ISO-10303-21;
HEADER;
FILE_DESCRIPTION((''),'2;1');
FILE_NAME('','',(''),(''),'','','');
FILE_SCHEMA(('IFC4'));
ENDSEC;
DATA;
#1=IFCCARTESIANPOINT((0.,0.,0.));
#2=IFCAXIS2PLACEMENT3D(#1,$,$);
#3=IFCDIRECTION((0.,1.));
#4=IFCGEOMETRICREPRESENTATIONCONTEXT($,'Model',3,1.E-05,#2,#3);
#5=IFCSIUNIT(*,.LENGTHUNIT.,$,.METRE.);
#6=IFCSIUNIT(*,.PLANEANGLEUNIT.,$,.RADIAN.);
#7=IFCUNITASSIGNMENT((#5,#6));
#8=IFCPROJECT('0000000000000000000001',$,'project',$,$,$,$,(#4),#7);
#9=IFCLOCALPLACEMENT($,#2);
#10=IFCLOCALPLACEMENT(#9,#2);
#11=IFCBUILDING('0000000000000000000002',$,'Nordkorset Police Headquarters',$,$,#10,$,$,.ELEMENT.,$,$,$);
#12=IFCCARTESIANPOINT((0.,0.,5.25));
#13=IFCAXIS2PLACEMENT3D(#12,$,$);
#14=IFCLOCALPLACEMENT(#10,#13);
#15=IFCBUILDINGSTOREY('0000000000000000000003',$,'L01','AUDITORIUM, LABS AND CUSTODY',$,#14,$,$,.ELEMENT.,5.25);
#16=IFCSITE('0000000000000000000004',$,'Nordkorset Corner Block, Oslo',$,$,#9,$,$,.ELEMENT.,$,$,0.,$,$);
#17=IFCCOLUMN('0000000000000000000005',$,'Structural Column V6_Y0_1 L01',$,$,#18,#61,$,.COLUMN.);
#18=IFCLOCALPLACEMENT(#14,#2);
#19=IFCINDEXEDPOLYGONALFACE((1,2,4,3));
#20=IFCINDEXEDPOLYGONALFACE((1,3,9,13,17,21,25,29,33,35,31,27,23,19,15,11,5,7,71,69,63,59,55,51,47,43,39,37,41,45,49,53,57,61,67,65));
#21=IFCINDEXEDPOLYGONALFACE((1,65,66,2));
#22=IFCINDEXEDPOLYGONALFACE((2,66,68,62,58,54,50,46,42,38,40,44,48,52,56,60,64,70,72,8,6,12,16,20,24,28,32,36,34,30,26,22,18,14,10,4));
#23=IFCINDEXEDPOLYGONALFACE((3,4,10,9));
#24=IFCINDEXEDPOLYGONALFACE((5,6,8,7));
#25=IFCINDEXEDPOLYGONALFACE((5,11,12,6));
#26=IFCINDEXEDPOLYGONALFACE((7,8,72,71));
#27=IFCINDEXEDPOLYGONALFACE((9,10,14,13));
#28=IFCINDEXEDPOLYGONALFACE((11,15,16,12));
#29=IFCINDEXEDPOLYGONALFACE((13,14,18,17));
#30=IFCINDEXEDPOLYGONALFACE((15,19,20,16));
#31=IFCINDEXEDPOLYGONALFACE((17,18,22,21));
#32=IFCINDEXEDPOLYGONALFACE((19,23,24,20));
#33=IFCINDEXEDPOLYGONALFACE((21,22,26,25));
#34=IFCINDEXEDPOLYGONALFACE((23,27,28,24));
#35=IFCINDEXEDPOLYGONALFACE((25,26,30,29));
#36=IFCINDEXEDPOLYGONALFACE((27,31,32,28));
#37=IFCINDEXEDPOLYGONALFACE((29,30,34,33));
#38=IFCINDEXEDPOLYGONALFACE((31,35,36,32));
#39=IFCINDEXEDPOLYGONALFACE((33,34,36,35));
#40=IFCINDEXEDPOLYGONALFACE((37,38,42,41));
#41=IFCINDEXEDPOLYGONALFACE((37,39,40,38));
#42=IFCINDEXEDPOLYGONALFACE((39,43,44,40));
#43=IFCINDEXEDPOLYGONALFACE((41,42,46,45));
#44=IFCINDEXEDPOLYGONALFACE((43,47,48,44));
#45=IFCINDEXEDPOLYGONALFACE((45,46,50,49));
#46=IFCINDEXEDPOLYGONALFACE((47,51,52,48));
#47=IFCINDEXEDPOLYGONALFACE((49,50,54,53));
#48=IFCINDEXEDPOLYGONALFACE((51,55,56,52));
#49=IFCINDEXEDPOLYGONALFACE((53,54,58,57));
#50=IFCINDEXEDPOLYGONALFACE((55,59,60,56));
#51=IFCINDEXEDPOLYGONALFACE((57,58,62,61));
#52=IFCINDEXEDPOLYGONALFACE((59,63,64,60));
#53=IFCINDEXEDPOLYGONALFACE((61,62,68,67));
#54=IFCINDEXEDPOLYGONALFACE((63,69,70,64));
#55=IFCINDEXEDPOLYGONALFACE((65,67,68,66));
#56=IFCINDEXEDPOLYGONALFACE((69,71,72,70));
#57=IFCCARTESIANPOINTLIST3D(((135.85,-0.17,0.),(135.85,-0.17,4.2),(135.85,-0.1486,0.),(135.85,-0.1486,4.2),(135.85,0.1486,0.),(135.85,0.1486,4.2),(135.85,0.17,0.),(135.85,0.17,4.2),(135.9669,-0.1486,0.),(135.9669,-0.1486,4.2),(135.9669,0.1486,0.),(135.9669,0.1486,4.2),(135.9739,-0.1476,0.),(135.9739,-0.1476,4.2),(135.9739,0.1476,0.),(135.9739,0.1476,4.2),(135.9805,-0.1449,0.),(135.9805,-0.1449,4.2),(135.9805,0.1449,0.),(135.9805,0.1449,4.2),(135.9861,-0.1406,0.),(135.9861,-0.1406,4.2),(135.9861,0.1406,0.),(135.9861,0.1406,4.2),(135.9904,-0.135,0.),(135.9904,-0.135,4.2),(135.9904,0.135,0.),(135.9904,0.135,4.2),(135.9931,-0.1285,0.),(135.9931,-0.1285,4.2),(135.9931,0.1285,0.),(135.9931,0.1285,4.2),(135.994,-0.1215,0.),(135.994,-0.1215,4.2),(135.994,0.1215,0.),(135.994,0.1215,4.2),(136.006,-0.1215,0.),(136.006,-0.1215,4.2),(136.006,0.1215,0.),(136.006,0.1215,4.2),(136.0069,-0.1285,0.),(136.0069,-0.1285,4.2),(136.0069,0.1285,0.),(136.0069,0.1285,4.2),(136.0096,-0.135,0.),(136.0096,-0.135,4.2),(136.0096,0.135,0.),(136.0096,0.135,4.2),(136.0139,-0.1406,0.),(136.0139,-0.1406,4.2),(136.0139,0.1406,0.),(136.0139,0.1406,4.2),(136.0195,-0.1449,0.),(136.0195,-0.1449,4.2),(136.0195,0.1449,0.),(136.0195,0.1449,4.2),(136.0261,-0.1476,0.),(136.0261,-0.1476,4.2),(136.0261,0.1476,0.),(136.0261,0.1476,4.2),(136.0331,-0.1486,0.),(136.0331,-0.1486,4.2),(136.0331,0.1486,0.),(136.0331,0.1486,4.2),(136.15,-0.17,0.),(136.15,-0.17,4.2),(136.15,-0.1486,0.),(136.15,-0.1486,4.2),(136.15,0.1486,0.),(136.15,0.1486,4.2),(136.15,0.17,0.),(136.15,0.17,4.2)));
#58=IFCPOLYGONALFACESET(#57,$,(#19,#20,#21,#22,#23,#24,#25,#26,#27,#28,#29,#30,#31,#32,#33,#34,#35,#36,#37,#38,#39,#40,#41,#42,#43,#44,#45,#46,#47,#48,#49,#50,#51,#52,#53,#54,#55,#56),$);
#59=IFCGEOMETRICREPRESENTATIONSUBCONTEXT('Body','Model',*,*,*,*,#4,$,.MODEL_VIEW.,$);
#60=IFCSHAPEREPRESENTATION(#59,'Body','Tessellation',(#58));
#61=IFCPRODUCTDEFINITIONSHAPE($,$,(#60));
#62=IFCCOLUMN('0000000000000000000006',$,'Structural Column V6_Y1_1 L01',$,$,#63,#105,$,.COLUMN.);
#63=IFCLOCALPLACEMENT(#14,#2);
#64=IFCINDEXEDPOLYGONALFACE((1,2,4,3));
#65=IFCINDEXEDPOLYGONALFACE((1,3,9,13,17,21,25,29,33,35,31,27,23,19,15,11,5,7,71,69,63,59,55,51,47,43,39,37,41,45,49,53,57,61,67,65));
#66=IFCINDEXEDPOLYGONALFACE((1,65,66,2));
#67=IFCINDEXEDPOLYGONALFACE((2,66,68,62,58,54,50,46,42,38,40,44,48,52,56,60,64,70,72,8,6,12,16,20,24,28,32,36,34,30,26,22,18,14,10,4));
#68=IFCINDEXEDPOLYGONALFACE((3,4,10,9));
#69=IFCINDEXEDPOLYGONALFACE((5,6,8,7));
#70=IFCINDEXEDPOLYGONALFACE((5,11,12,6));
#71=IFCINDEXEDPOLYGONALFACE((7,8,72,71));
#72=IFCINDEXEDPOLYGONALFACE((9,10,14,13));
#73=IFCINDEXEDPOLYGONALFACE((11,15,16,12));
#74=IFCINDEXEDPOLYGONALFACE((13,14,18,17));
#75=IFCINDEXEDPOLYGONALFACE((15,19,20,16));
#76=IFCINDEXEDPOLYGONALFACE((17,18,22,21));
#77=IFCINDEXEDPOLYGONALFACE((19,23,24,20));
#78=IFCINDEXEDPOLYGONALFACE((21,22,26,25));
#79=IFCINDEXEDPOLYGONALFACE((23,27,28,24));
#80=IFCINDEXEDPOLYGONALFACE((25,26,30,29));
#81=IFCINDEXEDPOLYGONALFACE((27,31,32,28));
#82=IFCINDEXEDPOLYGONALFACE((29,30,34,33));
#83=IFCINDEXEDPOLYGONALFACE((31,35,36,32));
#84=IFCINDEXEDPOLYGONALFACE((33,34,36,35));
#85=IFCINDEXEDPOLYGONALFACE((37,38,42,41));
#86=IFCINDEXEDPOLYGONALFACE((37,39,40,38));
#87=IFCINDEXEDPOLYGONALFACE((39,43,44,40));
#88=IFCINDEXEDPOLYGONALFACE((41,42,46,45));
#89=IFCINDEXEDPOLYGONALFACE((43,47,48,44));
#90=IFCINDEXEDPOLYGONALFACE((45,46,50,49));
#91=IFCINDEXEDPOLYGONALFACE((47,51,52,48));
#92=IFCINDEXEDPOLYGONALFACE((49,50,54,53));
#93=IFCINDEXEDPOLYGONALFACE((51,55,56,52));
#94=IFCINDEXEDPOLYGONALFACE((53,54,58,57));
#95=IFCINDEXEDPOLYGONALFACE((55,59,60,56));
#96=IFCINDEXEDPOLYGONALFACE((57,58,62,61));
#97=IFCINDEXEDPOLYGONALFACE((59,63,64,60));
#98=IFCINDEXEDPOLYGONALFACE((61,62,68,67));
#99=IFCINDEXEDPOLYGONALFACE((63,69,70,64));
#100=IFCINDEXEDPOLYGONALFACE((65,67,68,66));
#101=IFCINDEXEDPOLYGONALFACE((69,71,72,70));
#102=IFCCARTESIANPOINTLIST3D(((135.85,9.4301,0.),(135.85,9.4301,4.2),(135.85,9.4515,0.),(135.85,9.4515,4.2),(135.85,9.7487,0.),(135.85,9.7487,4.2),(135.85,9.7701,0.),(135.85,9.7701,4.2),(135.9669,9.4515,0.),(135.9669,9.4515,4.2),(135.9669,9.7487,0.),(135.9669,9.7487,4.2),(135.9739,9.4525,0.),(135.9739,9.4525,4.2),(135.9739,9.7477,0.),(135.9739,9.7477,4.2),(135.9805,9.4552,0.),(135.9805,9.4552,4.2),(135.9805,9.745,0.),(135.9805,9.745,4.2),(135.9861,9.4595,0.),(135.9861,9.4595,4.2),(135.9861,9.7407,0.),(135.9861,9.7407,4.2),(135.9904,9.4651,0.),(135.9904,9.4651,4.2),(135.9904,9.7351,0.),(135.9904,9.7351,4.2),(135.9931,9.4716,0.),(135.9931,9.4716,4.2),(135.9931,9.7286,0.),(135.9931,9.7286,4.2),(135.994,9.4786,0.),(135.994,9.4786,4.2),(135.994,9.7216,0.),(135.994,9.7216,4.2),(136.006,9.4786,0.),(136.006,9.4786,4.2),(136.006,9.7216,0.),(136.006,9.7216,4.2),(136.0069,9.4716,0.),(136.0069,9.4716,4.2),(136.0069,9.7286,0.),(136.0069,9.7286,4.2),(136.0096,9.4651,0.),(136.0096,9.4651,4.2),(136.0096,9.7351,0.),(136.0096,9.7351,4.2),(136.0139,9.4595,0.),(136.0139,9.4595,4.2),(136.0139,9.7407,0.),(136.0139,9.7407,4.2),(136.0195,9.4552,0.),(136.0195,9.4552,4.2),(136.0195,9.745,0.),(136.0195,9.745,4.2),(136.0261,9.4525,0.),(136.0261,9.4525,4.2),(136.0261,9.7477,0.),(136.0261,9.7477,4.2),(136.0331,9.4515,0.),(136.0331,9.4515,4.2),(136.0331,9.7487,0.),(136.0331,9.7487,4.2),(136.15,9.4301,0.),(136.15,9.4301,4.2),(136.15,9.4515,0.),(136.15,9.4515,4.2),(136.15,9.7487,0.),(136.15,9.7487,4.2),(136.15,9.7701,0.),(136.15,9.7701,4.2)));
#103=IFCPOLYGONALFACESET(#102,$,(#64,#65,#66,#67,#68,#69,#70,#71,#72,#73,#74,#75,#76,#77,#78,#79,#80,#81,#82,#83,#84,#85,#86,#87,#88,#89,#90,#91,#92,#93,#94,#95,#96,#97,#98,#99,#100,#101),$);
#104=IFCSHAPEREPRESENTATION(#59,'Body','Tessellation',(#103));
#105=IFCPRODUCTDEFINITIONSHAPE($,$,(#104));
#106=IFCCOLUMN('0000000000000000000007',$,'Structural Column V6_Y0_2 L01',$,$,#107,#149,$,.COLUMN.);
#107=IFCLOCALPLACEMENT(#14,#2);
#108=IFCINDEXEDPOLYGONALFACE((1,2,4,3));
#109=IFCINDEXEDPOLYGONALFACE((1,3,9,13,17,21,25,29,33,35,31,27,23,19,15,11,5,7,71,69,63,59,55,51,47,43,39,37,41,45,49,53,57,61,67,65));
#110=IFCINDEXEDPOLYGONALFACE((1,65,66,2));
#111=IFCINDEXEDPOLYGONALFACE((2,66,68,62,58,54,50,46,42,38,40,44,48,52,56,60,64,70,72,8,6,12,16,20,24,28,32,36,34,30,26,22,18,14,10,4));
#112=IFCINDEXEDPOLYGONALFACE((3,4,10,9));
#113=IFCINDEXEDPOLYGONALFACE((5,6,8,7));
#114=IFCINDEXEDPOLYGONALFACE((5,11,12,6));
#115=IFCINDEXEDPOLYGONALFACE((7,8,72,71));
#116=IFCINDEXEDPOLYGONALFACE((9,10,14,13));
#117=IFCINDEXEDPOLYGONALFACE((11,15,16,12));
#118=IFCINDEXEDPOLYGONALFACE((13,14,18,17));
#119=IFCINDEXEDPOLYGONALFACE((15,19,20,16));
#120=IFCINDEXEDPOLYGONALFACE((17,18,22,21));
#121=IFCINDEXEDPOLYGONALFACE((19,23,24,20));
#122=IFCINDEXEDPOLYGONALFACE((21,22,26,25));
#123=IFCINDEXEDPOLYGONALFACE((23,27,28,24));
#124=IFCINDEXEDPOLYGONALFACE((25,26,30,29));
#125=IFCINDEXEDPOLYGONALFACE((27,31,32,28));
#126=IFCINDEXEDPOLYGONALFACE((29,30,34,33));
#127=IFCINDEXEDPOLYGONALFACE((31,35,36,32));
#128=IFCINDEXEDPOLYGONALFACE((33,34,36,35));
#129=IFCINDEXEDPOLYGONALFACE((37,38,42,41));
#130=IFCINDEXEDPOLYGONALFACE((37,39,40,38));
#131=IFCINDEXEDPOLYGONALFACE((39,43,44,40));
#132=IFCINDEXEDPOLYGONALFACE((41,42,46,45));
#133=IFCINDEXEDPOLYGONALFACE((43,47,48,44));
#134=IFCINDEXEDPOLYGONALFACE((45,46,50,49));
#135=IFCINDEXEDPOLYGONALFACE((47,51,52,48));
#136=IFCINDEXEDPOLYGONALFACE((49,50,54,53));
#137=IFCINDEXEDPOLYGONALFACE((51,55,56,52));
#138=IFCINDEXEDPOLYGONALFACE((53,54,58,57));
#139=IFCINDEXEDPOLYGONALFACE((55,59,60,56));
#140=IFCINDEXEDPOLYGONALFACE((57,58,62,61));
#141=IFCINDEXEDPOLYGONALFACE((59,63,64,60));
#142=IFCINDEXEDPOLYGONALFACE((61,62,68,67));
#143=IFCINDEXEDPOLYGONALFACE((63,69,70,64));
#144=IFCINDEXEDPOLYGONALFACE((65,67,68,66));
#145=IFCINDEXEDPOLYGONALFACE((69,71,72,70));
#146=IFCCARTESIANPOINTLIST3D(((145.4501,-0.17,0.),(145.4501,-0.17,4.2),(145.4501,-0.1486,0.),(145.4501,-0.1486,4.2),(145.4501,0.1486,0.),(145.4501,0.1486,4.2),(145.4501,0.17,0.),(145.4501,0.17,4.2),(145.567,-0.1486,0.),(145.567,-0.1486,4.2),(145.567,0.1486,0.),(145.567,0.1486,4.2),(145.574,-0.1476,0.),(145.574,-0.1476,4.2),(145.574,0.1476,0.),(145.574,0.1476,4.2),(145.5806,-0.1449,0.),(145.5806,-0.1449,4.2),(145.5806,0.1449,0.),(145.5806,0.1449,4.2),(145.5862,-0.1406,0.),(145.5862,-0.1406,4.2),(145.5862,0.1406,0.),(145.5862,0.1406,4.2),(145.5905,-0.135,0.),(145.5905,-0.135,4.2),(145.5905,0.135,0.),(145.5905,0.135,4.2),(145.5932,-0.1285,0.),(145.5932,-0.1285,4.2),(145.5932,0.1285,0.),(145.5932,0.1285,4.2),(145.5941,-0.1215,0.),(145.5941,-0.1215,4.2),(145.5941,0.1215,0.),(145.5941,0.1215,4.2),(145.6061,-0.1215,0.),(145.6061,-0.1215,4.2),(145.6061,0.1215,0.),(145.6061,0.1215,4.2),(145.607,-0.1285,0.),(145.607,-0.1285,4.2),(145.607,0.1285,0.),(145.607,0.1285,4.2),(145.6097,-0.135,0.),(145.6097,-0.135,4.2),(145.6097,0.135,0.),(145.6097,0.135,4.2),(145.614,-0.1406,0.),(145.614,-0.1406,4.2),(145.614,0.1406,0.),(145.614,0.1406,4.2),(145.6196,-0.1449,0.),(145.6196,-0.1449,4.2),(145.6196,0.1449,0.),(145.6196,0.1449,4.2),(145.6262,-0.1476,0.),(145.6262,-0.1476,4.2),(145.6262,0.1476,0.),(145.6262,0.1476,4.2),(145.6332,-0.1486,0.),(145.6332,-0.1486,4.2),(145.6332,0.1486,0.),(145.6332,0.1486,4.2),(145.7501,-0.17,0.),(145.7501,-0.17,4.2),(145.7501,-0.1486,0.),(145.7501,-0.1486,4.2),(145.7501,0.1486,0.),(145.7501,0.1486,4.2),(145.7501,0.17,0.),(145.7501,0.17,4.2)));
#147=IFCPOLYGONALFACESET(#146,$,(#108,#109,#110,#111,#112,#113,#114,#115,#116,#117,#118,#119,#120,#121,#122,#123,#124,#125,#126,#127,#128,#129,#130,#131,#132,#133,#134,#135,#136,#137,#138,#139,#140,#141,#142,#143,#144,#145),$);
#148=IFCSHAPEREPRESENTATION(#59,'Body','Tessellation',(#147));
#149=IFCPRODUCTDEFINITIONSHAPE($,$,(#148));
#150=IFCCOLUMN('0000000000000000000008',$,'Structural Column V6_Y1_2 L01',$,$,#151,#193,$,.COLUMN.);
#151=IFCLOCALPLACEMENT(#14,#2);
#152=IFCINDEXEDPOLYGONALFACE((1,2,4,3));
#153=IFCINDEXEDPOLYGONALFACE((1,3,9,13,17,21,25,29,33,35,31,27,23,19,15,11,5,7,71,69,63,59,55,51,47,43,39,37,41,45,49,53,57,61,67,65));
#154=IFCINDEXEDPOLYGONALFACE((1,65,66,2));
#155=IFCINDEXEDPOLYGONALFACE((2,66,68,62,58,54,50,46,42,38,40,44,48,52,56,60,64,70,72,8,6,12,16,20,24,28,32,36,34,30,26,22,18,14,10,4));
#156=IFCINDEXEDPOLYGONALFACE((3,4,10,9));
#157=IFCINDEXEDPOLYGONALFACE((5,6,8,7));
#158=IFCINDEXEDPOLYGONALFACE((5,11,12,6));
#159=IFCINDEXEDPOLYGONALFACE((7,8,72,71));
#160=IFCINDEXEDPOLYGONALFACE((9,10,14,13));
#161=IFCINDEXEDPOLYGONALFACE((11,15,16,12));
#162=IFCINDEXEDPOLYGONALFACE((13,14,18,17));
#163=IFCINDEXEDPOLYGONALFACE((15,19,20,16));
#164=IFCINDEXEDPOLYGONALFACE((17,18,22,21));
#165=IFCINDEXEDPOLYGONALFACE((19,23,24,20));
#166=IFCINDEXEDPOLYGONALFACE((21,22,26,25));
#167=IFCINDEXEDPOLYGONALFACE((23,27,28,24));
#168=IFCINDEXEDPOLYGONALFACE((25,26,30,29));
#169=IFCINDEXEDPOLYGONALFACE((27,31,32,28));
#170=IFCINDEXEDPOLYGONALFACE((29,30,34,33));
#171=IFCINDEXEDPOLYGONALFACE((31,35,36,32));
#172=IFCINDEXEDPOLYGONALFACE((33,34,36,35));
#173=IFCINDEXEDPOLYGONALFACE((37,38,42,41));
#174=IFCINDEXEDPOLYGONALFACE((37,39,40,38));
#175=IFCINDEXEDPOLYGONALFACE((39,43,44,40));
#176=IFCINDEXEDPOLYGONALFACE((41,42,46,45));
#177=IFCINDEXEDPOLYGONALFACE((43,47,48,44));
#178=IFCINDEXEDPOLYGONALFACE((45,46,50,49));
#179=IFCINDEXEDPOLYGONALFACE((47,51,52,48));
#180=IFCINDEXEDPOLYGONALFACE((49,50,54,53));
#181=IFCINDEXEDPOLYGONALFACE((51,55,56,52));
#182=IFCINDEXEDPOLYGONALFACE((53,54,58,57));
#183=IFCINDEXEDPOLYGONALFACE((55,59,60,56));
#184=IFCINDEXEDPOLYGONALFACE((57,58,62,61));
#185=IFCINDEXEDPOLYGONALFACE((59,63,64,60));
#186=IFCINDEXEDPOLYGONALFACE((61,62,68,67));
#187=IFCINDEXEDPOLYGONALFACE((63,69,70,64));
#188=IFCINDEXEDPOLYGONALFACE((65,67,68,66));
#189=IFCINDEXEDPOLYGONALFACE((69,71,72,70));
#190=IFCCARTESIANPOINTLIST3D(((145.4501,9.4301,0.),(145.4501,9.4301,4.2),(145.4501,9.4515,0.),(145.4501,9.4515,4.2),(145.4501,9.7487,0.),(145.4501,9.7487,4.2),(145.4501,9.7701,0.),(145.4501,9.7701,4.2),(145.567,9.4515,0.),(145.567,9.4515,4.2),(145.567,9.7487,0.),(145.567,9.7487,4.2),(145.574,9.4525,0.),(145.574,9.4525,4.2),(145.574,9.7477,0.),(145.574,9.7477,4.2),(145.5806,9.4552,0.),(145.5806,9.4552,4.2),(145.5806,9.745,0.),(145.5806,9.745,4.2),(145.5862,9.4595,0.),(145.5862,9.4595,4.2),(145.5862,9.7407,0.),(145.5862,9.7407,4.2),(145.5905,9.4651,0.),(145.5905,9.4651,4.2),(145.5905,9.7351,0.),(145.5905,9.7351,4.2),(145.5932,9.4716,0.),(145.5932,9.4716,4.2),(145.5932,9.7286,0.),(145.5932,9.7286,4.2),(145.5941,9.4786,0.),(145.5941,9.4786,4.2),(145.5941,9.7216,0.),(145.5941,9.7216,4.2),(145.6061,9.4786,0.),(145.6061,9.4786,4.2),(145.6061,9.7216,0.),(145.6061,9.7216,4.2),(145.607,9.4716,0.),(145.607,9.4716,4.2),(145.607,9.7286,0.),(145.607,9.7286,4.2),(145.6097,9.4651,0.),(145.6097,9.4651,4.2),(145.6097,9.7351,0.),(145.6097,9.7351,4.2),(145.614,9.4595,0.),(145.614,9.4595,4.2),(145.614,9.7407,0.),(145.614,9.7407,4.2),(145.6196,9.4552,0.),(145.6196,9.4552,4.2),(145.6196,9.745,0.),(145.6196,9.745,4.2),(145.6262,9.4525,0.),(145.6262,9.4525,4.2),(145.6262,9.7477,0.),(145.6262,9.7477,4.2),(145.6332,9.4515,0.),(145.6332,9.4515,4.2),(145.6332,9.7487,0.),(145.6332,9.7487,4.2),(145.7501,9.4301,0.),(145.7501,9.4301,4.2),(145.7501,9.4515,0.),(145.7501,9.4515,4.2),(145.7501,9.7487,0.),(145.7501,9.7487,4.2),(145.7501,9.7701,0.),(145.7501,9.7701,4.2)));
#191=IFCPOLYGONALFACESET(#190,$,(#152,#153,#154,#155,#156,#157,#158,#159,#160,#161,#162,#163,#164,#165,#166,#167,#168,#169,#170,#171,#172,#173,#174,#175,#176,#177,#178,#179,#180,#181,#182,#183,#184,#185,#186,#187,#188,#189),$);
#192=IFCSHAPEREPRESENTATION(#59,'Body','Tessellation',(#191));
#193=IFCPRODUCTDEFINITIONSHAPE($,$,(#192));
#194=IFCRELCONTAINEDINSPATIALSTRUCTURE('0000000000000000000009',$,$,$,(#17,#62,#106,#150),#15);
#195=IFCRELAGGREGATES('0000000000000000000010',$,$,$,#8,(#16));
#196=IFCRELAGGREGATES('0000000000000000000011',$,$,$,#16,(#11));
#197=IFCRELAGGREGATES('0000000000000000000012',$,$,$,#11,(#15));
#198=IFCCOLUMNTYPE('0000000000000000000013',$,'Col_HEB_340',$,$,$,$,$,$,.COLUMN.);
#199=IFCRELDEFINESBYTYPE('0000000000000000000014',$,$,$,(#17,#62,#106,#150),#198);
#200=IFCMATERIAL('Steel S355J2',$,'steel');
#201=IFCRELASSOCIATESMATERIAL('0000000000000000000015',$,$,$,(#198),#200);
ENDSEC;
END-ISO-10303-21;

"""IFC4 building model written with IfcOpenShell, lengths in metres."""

from ifc_helpers import new_model, si_unit, direction, frame, origin, origin_2d, place, context, subcontext, project, spatial, i_section, extrude, material, material_profile, profile_set, type_object, element, save


model = new_model("IFC4")

# Units and contexts
model_context = context("Model", 3, precision=1e-05, world=origin(), true_north=direction((0.0, 1.0)))
body_context = subcontext(model_context, "Body", "Model", "MODEL_VIEW")
ifc_project = project(units=[si_unit("LENGTHUNIT", "METRE"), si_unit("PLANEANGLEUNIT", "RADIAN")], contexts=[model_context])

# Site, building, storey
site_placement = place(None, origin())
site = spatial("IfcSite", under=ifc_project, at=site_placement, Name="Nordkorset Corner Block, Oslo", CompositionType="ELEMENT", RefElevation=0.0)
building_placement = place(site_placement, origin())
building = spatial("IfcBuilding", under=site, at=building_placement, Name="Nordkorset Police Headquarters", CompositionType="ELEMENT")
storey_placement = place(building_placement, frame((0.0, 0.0, 5.25)))
storey = spatial("IfcBuildingStorey", under=building, at=storey_placement, Name="L01", Description="AUDITORIUM, LABS AND CUSTODY", CompositionType="ELEMENT", Elevation=5.25)

# Columns
ifc_material_1 = material(Name="Steel S355J2", Category="steel")
ifc_material_profile_1 = material_profile(ifc_material_1, i_section(OverallWidth=0.3, OverallDepth=0.3401, WebThickness=0.012, FlangeThickness=0.0215, FilletRadius=0.0271, at=origin_2d()), Name="HEB 340")
ifc_profile_set_1 = profile_set([ifc_material_profile_1], Name="Steel S355J2")
column_type = type_object("IfcColumnType", Name="Col_HEB_340", PredefinedType="COLUMN", material=ifc_profile_set_1)
for number, where, z_axis, x_axis, name in (
    (1, (136.0, 0.0, 0.0), (0.0, 0.0, 1.0), (1.0, 0.0, 0.0), "Structural Column V6_Y0_1 L01"),
    (2, (136.0, 9.6001, 0.0), (0.0, 0.0, 1.0), (1.0, 0.0, 0.0), "Structural Column V6_Y1_1 L01"),
    (3, (145.6001, 0.0, 0.0), (0.0, 0.0, 1.0), (1.0, 0.0, 0.0), "Structural Column V6_Y0_2 L01"),
    (4, (145.6001, 9.6001, 0.0), (0.0, 0.0, 1.0), (1.0, 0.0, 0.0), "Structural Column V6_Y1_2 L01"),
):
    element("IfcColumn", number, at=place(storey_placement, frame(where, z_axis=z_axis, x_axis=x_axis)), inside=storey, type_object=column_type, Name=name, PredefinedType="COLUMN", context=body_context, shape_type="SweptSolid", body=[
        extrude(i_section(OverallWidth=0.3, OverallDepth=0.3401, WebThickness=0.012, FlangeThickness=0.0215, FilletRadius=0.0271, at=origin_2d()), origin(), (0.0, 0.0, 1.0), 4.2),
    ])

save(model, "model.ifc")
